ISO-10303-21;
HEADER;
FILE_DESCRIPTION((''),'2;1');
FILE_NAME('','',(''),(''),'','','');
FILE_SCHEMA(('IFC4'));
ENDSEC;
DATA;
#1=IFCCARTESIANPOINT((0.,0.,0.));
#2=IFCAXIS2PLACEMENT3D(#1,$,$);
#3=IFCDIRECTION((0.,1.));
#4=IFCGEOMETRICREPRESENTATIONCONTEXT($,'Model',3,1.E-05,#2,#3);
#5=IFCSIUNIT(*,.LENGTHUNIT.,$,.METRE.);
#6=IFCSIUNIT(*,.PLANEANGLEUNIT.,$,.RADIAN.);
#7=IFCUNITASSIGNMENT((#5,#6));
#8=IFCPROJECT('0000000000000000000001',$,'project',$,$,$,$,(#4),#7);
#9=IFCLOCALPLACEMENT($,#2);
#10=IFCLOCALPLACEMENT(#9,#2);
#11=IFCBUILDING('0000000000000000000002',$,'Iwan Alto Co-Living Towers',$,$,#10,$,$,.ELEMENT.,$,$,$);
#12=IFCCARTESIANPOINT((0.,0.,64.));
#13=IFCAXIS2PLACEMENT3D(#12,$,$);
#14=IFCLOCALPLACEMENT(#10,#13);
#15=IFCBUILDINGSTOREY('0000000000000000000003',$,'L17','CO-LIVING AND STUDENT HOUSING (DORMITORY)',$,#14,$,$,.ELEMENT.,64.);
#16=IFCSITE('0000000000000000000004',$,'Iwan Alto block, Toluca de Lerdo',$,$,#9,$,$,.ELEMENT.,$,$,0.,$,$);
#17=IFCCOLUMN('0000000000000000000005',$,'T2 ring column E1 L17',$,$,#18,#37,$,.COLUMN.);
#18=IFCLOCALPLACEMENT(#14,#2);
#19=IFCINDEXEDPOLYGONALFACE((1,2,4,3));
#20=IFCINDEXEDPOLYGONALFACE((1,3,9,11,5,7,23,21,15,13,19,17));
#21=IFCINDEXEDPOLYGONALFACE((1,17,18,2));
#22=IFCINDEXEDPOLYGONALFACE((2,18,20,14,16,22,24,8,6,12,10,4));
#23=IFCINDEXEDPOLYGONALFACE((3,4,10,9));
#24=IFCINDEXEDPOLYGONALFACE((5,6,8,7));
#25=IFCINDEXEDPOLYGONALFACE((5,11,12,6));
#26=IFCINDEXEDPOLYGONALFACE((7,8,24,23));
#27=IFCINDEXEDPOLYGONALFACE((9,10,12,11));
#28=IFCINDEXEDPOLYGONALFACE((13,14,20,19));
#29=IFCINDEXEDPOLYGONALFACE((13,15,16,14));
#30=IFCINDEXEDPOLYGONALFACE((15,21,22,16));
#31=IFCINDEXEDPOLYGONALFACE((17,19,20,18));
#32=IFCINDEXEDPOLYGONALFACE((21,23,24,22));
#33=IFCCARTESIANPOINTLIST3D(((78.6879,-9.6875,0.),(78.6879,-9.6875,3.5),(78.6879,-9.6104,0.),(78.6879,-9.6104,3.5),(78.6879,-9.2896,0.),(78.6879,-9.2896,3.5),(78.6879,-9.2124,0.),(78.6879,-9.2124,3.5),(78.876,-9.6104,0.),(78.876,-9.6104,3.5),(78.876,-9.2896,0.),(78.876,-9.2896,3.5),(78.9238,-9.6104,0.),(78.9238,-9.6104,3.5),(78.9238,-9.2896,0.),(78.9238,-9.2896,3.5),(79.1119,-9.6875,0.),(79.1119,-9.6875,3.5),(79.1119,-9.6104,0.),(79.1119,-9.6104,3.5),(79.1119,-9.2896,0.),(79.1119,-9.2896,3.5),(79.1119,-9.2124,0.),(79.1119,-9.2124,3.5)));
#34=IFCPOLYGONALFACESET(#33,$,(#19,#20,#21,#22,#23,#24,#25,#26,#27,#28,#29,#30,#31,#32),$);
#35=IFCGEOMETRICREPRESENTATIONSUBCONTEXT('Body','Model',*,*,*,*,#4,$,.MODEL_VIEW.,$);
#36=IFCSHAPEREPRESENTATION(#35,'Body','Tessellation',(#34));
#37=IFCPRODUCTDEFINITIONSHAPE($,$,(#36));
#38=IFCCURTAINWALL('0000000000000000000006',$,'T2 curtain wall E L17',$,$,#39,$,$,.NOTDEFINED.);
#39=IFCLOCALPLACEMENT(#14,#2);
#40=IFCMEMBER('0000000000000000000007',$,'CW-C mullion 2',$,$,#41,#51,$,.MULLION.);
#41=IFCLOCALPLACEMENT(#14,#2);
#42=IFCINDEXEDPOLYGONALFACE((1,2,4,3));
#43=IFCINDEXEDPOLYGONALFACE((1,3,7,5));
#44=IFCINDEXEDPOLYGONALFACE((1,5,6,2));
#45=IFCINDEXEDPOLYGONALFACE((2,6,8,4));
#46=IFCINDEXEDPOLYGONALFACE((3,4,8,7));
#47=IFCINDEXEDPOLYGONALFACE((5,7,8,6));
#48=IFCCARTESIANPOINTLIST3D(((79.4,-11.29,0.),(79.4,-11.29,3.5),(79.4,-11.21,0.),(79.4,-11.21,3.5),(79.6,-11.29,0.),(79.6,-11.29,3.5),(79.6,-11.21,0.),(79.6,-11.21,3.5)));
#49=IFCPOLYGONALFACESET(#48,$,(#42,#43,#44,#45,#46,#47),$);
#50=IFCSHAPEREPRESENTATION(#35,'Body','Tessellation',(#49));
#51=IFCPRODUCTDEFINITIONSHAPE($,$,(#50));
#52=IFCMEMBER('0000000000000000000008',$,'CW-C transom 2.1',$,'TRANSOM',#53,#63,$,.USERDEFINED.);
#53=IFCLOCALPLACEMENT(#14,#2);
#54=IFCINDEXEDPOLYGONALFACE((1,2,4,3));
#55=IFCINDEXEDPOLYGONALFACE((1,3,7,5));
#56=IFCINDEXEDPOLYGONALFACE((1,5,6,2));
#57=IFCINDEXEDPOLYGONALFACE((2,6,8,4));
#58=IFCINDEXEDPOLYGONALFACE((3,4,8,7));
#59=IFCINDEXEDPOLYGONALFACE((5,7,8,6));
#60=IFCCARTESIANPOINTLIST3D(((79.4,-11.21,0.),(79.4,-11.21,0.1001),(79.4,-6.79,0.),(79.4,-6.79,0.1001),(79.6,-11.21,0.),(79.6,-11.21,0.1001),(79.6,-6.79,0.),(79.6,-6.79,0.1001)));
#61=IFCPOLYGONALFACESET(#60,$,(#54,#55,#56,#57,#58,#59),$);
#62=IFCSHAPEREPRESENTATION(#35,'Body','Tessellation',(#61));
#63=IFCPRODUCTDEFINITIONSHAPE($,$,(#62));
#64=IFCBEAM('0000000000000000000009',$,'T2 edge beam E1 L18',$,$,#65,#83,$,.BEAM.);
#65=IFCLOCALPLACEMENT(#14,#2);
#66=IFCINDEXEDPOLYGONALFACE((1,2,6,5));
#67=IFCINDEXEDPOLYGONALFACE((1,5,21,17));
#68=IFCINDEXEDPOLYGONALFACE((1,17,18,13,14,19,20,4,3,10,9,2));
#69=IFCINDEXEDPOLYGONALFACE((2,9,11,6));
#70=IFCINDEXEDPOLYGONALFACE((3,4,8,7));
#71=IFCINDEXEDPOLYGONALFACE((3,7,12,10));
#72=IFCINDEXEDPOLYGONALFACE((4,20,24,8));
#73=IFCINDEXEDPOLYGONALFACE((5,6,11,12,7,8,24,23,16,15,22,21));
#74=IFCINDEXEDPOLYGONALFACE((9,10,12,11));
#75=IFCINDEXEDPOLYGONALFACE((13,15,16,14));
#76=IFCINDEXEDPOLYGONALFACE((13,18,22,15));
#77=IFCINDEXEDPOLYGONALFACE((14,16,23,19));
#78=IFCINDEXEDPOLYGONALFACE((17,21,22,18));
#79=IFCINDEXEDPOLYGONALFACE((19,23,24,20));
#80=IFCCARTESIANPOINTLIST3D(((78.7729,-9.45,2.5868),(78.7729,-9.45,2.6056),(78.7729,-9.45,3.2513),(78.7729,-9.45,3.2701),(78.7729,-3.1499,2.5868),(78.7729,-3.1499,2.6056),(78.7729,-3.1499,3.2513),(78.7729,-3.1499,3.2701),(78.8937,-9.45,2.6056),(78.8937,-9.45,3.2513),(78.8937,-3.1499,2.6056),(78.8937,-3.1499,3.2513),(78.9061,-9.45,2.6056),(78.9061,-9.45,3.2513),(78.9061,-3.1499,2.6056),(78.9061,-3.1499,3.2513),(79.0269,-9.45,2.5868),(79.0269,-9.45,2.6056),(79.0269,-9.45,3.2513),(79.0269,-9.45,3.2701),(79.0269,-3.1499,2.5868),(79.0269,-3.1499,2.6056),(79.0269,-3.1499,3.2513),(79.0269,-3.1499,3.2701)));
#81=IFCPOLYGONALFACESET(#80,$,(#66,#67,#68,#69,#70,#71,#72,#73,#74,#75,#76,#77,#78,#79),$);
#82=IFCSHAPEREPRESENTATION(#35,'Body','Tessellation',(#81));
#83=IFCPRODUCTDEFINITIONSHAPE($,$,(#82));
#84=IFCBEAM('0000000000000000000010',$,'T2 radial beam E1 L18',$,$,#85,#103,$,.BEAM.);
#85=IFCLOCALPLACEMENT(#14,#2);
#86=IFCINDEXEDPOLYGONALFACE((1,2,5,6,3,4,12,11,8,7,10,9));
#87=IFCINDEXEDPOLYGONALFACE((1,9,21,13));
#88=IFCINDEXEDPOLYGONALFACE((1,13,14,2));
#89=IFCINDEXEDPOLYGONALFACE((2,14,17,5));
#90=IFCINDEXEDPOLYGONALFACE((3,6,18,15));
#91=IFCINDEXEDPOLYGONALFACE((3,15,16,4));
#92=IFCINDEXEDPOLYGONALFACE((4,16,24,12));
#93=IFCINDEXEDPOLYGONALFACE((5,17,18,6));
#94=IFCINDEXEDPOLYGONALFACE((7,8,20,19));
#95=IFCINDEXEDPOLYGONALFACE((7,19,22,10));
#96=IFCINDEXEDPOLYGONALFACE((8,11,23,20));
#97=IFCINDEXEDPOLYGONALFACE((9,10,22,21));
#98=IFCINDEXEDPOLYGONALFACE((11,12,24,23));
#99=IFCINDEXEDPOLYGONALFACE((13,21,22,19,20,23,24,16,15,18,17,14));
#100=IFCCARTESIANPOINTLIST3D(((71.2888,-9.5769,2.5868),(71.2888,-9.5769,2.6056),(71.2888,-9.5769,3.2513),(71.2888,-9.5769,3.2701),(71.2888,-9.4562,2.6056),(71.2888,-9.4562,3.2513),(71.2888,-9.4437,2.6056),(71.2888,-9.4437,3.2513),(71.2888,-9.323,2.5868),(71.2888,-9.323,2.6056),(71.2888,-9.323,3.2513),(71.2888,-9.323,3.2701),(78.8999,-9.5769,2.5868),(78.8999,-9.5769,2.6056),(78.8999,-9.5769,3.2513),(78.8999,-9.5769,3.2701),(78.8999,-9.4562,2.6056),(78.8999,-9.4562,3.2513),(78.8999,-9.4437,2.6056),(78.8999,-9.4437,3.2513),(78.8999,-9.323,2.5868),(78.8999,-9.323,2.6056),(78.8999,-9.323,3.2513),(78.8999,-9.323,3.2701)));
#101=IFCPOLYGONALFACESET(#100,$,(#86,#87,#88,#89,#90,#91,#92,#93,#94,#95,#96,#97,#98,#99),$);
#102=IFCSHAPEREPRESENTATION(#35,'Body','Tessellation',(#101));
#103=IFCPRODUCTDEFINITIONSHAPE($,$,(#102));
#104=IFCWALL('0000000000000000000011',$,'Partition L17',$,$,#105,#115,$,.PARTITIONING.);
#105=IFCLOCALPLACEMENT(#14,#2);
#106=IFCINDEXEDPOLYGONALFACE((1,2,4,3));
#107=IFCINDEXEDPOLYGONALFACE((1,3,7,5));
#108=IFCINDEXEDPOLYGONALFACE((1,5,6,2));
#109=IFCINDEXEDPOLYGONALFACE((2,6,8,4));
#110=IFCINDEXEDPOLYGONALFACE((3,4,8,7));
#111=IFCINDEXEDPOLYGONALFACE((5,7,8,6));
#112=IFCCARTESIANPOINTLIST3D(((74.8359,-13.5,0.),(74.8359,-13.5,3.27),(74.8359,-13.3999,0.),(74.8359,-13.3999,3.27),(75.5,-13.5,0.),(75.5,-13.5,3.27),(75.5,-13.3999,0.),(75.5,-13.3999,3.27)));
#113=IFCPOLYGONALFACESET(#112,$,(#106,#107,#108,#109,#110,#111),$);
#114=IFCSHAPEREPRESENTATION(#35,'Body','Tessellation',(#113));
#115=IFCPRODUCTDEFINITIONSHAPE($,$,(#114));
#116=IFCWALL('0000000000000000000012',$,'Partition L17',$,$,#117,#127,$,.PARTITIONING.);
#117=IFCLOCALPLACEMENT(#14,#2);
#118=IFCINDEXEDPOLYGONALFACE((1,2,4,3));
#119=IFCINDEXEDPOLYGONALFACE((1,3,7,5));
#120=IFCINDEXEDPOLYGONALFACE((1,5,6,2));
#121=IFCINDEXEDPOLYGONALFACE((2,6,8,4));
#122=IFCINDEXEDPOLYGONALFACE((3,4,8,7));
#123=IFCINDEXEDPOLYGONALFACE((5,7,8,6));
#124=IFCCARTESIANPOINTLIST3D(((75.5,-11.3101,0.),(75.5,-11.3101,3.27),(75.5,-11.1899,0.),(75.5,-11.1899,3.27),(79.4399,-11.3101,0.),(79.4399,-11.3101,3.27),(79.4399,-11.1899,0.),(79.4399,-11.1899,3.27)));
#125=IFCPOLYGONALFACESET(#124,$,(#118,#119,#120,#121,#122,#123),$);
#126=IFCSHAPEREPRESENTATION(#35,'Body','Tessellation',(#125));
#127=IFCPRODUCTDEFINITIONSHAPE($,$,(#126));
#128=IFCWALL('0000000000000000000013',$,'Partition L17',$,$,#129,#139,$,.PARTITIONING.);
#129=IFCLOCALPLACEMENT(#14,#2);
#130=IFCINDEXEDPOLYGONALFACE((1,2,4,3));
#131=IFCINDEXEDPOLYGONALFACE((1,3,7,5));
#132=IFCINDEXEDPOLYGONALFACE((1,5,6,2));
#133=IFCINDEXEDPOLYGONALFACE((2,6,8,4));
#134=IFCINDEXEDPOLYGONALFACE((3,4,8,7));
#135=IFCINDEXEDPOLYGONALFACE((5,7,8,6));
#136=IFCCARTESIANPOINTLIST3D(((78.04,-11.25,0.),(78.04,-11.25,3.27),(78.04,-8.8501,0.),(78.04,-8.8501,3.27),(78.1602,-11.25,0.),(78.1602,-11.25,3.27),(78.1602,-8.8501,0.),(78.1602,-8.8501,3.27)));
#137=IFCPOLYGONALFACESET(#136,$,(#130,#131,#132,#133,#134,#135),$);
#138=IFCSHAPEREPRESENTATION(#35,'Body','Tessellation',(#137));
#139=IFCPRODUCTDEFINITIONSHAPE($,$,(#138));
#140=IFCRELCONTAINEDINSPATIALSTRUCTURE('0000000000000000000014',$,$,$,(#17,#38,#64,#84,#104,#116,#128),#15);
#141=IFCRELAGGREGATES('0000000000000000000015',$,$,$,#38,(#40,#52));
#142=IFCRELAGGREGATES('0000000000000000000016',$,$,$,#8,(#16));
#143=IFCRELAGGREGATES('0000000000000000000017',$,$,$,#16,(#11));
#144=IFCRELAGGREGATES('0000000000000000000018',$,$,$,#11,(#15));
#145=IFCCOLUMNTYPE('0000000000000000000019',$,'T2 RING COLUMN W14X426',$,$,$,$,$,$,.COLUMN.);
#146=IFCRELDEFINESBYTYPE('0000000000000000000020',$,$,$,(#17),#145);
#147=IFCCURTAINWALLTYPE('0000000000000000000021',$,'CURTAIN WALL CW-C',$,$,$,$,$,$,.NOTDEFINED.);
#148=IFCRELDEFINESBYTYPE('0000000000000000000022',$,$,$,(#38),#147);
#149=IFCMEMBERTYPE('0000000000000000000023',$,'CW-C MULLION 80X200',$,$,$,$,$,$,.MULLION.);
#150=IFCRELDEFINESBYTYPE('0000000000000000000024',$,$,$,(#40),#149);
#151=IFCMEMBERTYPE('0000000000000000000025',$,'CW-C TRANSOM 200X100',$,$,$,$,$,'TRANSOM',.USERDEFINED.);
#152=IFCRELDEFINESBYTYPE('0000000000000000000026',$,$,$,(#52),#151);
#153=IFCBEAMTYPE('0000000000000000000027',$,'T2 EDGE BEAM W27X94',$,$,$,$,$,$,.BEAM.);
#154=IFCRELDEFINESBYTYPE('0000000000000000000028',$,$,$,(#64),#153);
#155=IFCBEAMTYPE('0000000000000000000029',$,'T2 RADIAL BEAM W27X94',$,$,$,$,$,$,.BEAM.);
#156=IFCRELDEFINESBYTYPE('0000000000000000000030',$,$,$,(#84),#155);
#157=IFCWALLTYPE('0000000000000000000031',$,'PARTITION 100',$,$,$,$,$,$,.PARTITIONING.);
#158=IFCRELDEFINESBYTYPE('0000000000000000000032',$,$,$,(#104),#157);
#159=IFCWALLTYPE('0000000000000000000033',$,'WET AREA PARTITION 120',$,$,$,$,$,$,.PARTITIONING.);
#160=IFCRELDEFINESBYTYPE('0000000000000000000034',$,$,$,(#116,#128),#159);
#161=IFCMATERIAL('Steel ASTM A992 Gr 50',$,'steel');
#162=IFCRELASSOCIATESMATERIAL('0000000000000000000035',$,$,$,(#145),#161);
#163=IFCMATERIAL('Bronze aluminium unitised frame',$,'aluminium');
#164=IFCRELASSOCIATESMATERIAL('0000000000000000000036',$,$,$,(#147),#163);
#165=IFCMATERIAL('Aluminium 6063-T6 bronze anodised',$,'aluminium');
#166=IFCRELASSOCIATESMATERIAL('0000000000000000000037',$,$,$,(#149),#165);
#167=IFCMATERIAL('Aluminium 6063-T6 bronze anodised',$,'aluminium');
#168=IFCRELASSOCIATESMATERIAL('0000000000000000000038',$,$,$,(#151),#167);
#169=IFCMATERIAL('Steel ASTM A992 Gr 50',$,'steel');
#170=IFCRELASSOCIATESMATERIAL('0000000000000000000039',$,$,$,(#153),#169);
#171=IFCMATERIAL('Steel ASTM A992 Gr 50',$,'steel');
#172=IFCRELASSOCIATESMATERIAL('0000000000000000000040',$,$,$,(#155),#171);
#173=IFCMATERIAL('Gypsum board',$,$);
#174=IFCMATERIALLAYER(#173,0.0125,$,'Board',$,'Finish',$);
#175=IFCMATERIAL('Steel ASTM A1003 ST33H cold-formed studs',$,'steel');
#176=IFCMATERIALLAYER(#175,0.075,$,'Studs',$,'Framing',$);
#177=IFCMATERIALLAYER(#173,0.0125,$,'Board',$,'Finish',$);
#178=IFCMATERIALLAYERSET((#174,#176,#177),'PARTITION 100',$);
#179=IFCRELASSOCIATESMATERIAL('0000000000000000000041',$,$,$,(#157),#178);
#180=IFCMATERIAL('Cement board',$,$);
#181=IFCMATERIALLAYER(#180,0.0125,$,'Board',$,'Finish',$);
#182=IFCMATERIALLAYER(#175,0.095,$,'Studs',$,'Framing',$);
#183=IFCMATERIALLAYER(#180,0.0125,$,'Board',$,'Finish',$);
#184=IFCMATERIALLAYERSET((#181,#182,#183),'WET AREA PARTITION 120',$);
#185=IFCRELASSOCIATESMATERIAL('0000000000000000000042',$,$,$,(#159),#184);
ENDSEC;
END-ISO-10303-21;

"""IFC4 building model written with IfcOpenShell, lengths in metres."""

from ifc_helpers import new_model, si_unit, direction, frame, frame_2d, origin, origin_2d, place, context, subcontext, project, spatial, rectangle, i_section, extrude, material, layer, layer_set, material_profile, profile_set, type_object, element, aggregate, save


model = new_model("IFC4")

# Units and contexts
model_context = context("Model", 3, precision=1e-05, world=origin(), true_north=direction((0.0, 1.0)))
body_context = subcontext(model_context, "Body", "Model", "MODEL_VIEW")
ifc_project = project(units=[si_unit("LENGTHUNIT", "METRE"), si_unit("PLANEANGLEUNIT", "RADIAN")], contexts=[model_context])

# Site, building, storey
site_placement = place(None, origin())
site = spatial("IfcSite", under=ifc_project, at=site_placement, Name="Iwan Alto block, Toluca de Lerdo", CompositionType="ELEMENT", RefElevation=0.0)
building_placement = place(site_placement, origin())
building = spatial("IfcBuilding", under=site, at=building_placement, Name="Iwan Alto Co-Living Towers", CompositionType="ELEMENT")
storey_placement = place(building_placement, frame((0.0, 0.0, 64.0)))
storey = spatial("IfcBuildingStorey", under=building, at=storey_placement, Name="L17", Description="CO-LIVING AND STUDENT HOUSING (DORMITORY)", CompositionType="ELEMENT", Elevation=64.0)

# Column
ifc_material_1 = material(Name="Steel ASTM A992 Gr 50", Category="steel")
ifc_material_profile_1 = material_profile(ifc_material_1, i_section(OverallWidth=0.4241, OverallDepth=0.4751, WebThickness=0.0479, FlangeThickness=0.0771, at=origin_2d()), Name="W14X426")
ifc_profile_set_1 = profile_set([ifc_material_profile_1], Name="Steel ASTM A992 Gr 50")
column_type = type_object("IfcColumnType", Name="T2 RING COLUMN W14X426", PredefinedType="COLUMN", material=ifc_profile_set_1)
column_placement = place(storey_placement, frame((78.8999, -9.45, 0.0), z_axis=(0.0, 0.0, 1.0), x_axis=(1.0, 0.0, 0.0)))
element("IfcColumn", 1, at=column_placement, inside=storey, type_object=column_type, Name="T2 ring column E1 L17", PredefinedType="COLUMN", context=body_context, shape_type="SweptSolid", body=[
    extrude(i_section(OverallWidth=0.4241, OverallDepth=0.4751, WebThickness=0.0479, FlangeThickness=0.0771, at=origin_2d()), origin(), (0.0, 0.0, 1.0), 3.5),
])

# Curtain wall, members
ifc_material_2 = material(Name="Bronze aluminium unitised frame", Category="aluminium")
curtain_wall_type = type_object("IfcCurtainWallType", Name="CURTAIN WALL CW-C", PredefinedType="NOTDEFINED", material=ifc_material_2)
curtain_wall_placement = place(storey_placement, origin())
curtain_wall = element("IfcCurtainWall", 2, at=curtain_wall_placement, inside=storey, type_object=curtain_wall_type, Name="T2 curtain wall E L17", PredefinedType="NOTDEFINED")
ifc_material_3 = material(Name="Aluminium 6063-T6 bronze anodised", Category="aluminium")
ifc_material_profile_2 = material_profile(ifc_material_3, rectangle(XDim=0.2, YDim=0.0801, at=origin_2d()), Name="AL 80X200")
ifc_profile_set_2 = profile_set([ifc_material_profile_2], Name="Aluminium 6063-T6 bronze anodised")
member_type_1 = type_object("IfcMemberType", Name="CW-C MULLION 80X200", PredefinedType="MULLION", material=ifc_profile_set_2)
member_1_placement = place(storey_placement, frame((79.5, -11.25, 0.0), z_axis=(0.0, 0.0, 1.0), x_axis=(-1.0, 0.0, 0.0)))
member_1 = element("IfcMember", 3, at=member_1_placement, type_object=member_type_1, Name="CW-C mullion 2", PredefinedType="MULLION", context=body_context, shape_type="SweptSolid", body=[
    extrude(rectangle(XDim=0.2, YDim=0.0801, at=origin_2d()), origin(), (0.0, 0.0, 1.0), 3.5),
])
ifc_material_4 = material(Name="Aluminium 6063-T6 bronze anodised", Category="aluminium")
ifc_material_profile_3 = material_profile(ifc_material_4, rectangle(XDim=0.2, YDim=0.1001, at=origin_2d()), Name="AL 200X100")
ifc_profile_set_3 = profile_set([ifc_material_profile_3], Name="Aluminium 6063-T6 bronze anodised")
member_type_2 = type_object("IfcMemberType", Name="CW-C TRANSOM 200X100", ElementType="TRANSOM", PredefinedType="USERDEFINED", material=ifc_profile_set_3)
member_2_placement = place(storey_placement, frame((79.5, -11.21, 0.05), z_axis=(0.0, 1.0, 0.0), x_axis=(-1.0, 0.0, 0.0)))
member_2 = element("IfcMember", 4, at=member_2_placement, type_object=member_type_2, Name="CW-C transom 2.1", ObjectType="TRANSOM", PredefinedType="USERDEFINED", context=body_context, shape_type="SweptSolid", body=[
    extrude(rectangle(XDim=0.2, YDim=0.1001, at=origin_2d()), origin(), (0.0, 0.0, 1.0), 4.4199),
])
aggregate(curtain_wall, [member_1, member_2])

# Beams
ifc_material_5 = material(Name="Steel ASTM A992 Gr 50", Category="steel")
ifc_material_profile_4 = material_profile(ifc_material_5, i_section(OverallWidth=0.2539, OverallDepth=0.6833, WebThickness=0.0125, FlangeThickness=0.0188, at=origin_2d()), Name="W27X94")
ifc_profile_set_4 = profile_set([ifc_material_profile_4], Name="Steel ASTM A992 Gr 50")
beam_type_1 = type_object("IfcBeamType", Name="T2 EDGE BEAM W27X94", PredefinedType="BEAM", material=ifc_profile_set_4)
beam_1_placement = place(storey_placement, frame((78.8999, -9.45, 2.9285), z_axis=(0.0, 1.0, 0.0), x_axis=(-1.0, 0.0, 0.0)))
element("IfcBeam", 5, at=beam_1_placement, inside=storey, type_object=beam_type_1, Name="T2 edge beam E1 L18", PredefinedType="BEAM", context=body_context, shape_type="SweptSolid", body=[
    extrude(i_section(OverallWidth=0.2539, OverallDepth=0.6833, WebThickness=0.0125, FlangeThickness=0.0188, at=origin_2d()), origin(), (0.0, 0.0, 1.0), 6.3),
])
ifc_material_6 = material(Name="Steel ASTM A992 Gr 50", Category="steel")
ifc_material_profile_5 = material_profile(ifc_material_6, i_section(OverallWidth=0.2539, OverallDepth=0.6833, WebThickness=0.0125, FlangeThickness=0.0188, at=origin_2d()), Name="W27X94")
ifc_profile_set_5 = profile_set([ifc_material_profile_5], Name="Steel ASTM A992 Gr 50")
beam_type_2 = type_object("IfcBeamType", Name="T2 RADIAL BEAM W27X94", PredefinedType="BEAM", material=ifc_profile_set_5)
beam_2_placement = place(storey_placement, frame((78.8999, -9.45, 2.9285), z_axis=(-1.0, 0.0, 0.0), x_axis=(0.0, -1.0, 0.0)))
element("IfcBeam", 6, at=beam_2_placement, inside=storey, type_object=beam_type_2, Name="T2 radial beam E1 L18", PredefinedType="BEAM", context=body_context, shape_type="SweptSolid", body=[
    extrude(i_section(OverallWidth=0.2539, OverallDepth=0.6833, WebThickness=0.0125, FlangeThickness=0.0188, at=origin_2d()), origin(), (0.0, 0.0, 1.0), 7.6111),
])

# Walls
ifc_material_7 = material(Name="Gypsum board")
ifc_layer_1 = layer(ifc_material_7, 0.0125, Name="Board", Category="Finish")
ifc_material_8 = material(Name="Steel ASTM A1003 ST33H cold-formed studs", Category="steel")
ifc_layer_2 = layer(ifc_material_8, 0.075, Name="Studs", Category="Framing")
ifc_layer_3 = layer(ifc_material_7, 0.0125, Name="Board", Category="Finish")
ifc_layer_set_1 = layer_set([ifc_layer_1, ifc_layer_2, ifc_layer_3], Name="PARTITION 100")
wall_type_1 = type_object("IfcWallType", Name="PARTITION 100", PredefinedType="PARTITIONING", material=ifc_layer_set_1)
wall_1_placement = place(storey_placement, frame((74.8359, -13.45, 0.0), z_axis=(0.0, 0.0, 1.0), x_axis=(1.0, 0.0, 0.0)))
element("IfcWall", 7, at=wall_1_placement, inside=storey, type_object=wall_type_1, Name="Partition L17", PredefinedType="PARTITIONING", context=body_context, shape_type="SweptSolid", body=[
    extrude(rectangle(XDim=0.6641, YDim=0.1001, at=frame_2d((0.332, 0.0))), origin(), (0.0, 0.0, 1.0), 3.27),
])
ifc_material_9 = material(Name="Cement board")
ifc_layer_4 = layer(ifc_material_9, 0.0125, Name="Board", Category="Finish")
ifc_layer_5 = layer(ifc_material_8, 0.095, Name="Studs", Category="Framing")
ifc_layer_6 = layer(ifc_material_9, 0.0125, Name="Board", Category="Finish")
ifc_layer_set_2 = layer_set([ifc_layer_4, ifc_layer_5, ifc_layer_6], Name="WET AREA PARTITION 120")
wall_type_2 = type_object("IfcWallType", Name="WET AREA PARTITION 120", PredefinedType="PARTITIONING", material=ifc_layer_set_2)
wall_2_placement = place(storey_placement, frame((75.5, -11.25, 0.0), z_axis=(0.0, 0.0, 1.0), x_axis=(1.0, 0.0, 0.0)))
element("IfcWall", 8, at=wall_2_placement, inside=storey, type_object=wall_type_2, Name="Partition L17", PredefinedType="PARTITIONING", context=body_context, shape_type="SweptSolid", body=[
    extrude(rectangle(XDim=3.9399, YDim=0.1201, at=frame_2d((1.97, 0.0))), origin(), (0.0, 0.0, 1.0), 3.27),
])
wall_3_placement = place(storey_placement, frame((78.1001, -11.25, 0.0), z_axis=(0.0, 0.0, 1.0), x_axis=(0.0, 1.0, 0.0)))
element("IfcWall", 9, at=wall_3_placement, inside=storey, type_object=wall_type_2, Name="Partition L17", PredefinedType="PARTITIONING", context=body_context, shape_type="SweptSolid", body=[
    extrude(rectangle(XDim=2.3999, YDim=0.1201, at=frame_2d((1.2, 0.0))), origin(), (0.0, 0.0, 1.0), 3.27),
])

save(model, "model.ifc")
